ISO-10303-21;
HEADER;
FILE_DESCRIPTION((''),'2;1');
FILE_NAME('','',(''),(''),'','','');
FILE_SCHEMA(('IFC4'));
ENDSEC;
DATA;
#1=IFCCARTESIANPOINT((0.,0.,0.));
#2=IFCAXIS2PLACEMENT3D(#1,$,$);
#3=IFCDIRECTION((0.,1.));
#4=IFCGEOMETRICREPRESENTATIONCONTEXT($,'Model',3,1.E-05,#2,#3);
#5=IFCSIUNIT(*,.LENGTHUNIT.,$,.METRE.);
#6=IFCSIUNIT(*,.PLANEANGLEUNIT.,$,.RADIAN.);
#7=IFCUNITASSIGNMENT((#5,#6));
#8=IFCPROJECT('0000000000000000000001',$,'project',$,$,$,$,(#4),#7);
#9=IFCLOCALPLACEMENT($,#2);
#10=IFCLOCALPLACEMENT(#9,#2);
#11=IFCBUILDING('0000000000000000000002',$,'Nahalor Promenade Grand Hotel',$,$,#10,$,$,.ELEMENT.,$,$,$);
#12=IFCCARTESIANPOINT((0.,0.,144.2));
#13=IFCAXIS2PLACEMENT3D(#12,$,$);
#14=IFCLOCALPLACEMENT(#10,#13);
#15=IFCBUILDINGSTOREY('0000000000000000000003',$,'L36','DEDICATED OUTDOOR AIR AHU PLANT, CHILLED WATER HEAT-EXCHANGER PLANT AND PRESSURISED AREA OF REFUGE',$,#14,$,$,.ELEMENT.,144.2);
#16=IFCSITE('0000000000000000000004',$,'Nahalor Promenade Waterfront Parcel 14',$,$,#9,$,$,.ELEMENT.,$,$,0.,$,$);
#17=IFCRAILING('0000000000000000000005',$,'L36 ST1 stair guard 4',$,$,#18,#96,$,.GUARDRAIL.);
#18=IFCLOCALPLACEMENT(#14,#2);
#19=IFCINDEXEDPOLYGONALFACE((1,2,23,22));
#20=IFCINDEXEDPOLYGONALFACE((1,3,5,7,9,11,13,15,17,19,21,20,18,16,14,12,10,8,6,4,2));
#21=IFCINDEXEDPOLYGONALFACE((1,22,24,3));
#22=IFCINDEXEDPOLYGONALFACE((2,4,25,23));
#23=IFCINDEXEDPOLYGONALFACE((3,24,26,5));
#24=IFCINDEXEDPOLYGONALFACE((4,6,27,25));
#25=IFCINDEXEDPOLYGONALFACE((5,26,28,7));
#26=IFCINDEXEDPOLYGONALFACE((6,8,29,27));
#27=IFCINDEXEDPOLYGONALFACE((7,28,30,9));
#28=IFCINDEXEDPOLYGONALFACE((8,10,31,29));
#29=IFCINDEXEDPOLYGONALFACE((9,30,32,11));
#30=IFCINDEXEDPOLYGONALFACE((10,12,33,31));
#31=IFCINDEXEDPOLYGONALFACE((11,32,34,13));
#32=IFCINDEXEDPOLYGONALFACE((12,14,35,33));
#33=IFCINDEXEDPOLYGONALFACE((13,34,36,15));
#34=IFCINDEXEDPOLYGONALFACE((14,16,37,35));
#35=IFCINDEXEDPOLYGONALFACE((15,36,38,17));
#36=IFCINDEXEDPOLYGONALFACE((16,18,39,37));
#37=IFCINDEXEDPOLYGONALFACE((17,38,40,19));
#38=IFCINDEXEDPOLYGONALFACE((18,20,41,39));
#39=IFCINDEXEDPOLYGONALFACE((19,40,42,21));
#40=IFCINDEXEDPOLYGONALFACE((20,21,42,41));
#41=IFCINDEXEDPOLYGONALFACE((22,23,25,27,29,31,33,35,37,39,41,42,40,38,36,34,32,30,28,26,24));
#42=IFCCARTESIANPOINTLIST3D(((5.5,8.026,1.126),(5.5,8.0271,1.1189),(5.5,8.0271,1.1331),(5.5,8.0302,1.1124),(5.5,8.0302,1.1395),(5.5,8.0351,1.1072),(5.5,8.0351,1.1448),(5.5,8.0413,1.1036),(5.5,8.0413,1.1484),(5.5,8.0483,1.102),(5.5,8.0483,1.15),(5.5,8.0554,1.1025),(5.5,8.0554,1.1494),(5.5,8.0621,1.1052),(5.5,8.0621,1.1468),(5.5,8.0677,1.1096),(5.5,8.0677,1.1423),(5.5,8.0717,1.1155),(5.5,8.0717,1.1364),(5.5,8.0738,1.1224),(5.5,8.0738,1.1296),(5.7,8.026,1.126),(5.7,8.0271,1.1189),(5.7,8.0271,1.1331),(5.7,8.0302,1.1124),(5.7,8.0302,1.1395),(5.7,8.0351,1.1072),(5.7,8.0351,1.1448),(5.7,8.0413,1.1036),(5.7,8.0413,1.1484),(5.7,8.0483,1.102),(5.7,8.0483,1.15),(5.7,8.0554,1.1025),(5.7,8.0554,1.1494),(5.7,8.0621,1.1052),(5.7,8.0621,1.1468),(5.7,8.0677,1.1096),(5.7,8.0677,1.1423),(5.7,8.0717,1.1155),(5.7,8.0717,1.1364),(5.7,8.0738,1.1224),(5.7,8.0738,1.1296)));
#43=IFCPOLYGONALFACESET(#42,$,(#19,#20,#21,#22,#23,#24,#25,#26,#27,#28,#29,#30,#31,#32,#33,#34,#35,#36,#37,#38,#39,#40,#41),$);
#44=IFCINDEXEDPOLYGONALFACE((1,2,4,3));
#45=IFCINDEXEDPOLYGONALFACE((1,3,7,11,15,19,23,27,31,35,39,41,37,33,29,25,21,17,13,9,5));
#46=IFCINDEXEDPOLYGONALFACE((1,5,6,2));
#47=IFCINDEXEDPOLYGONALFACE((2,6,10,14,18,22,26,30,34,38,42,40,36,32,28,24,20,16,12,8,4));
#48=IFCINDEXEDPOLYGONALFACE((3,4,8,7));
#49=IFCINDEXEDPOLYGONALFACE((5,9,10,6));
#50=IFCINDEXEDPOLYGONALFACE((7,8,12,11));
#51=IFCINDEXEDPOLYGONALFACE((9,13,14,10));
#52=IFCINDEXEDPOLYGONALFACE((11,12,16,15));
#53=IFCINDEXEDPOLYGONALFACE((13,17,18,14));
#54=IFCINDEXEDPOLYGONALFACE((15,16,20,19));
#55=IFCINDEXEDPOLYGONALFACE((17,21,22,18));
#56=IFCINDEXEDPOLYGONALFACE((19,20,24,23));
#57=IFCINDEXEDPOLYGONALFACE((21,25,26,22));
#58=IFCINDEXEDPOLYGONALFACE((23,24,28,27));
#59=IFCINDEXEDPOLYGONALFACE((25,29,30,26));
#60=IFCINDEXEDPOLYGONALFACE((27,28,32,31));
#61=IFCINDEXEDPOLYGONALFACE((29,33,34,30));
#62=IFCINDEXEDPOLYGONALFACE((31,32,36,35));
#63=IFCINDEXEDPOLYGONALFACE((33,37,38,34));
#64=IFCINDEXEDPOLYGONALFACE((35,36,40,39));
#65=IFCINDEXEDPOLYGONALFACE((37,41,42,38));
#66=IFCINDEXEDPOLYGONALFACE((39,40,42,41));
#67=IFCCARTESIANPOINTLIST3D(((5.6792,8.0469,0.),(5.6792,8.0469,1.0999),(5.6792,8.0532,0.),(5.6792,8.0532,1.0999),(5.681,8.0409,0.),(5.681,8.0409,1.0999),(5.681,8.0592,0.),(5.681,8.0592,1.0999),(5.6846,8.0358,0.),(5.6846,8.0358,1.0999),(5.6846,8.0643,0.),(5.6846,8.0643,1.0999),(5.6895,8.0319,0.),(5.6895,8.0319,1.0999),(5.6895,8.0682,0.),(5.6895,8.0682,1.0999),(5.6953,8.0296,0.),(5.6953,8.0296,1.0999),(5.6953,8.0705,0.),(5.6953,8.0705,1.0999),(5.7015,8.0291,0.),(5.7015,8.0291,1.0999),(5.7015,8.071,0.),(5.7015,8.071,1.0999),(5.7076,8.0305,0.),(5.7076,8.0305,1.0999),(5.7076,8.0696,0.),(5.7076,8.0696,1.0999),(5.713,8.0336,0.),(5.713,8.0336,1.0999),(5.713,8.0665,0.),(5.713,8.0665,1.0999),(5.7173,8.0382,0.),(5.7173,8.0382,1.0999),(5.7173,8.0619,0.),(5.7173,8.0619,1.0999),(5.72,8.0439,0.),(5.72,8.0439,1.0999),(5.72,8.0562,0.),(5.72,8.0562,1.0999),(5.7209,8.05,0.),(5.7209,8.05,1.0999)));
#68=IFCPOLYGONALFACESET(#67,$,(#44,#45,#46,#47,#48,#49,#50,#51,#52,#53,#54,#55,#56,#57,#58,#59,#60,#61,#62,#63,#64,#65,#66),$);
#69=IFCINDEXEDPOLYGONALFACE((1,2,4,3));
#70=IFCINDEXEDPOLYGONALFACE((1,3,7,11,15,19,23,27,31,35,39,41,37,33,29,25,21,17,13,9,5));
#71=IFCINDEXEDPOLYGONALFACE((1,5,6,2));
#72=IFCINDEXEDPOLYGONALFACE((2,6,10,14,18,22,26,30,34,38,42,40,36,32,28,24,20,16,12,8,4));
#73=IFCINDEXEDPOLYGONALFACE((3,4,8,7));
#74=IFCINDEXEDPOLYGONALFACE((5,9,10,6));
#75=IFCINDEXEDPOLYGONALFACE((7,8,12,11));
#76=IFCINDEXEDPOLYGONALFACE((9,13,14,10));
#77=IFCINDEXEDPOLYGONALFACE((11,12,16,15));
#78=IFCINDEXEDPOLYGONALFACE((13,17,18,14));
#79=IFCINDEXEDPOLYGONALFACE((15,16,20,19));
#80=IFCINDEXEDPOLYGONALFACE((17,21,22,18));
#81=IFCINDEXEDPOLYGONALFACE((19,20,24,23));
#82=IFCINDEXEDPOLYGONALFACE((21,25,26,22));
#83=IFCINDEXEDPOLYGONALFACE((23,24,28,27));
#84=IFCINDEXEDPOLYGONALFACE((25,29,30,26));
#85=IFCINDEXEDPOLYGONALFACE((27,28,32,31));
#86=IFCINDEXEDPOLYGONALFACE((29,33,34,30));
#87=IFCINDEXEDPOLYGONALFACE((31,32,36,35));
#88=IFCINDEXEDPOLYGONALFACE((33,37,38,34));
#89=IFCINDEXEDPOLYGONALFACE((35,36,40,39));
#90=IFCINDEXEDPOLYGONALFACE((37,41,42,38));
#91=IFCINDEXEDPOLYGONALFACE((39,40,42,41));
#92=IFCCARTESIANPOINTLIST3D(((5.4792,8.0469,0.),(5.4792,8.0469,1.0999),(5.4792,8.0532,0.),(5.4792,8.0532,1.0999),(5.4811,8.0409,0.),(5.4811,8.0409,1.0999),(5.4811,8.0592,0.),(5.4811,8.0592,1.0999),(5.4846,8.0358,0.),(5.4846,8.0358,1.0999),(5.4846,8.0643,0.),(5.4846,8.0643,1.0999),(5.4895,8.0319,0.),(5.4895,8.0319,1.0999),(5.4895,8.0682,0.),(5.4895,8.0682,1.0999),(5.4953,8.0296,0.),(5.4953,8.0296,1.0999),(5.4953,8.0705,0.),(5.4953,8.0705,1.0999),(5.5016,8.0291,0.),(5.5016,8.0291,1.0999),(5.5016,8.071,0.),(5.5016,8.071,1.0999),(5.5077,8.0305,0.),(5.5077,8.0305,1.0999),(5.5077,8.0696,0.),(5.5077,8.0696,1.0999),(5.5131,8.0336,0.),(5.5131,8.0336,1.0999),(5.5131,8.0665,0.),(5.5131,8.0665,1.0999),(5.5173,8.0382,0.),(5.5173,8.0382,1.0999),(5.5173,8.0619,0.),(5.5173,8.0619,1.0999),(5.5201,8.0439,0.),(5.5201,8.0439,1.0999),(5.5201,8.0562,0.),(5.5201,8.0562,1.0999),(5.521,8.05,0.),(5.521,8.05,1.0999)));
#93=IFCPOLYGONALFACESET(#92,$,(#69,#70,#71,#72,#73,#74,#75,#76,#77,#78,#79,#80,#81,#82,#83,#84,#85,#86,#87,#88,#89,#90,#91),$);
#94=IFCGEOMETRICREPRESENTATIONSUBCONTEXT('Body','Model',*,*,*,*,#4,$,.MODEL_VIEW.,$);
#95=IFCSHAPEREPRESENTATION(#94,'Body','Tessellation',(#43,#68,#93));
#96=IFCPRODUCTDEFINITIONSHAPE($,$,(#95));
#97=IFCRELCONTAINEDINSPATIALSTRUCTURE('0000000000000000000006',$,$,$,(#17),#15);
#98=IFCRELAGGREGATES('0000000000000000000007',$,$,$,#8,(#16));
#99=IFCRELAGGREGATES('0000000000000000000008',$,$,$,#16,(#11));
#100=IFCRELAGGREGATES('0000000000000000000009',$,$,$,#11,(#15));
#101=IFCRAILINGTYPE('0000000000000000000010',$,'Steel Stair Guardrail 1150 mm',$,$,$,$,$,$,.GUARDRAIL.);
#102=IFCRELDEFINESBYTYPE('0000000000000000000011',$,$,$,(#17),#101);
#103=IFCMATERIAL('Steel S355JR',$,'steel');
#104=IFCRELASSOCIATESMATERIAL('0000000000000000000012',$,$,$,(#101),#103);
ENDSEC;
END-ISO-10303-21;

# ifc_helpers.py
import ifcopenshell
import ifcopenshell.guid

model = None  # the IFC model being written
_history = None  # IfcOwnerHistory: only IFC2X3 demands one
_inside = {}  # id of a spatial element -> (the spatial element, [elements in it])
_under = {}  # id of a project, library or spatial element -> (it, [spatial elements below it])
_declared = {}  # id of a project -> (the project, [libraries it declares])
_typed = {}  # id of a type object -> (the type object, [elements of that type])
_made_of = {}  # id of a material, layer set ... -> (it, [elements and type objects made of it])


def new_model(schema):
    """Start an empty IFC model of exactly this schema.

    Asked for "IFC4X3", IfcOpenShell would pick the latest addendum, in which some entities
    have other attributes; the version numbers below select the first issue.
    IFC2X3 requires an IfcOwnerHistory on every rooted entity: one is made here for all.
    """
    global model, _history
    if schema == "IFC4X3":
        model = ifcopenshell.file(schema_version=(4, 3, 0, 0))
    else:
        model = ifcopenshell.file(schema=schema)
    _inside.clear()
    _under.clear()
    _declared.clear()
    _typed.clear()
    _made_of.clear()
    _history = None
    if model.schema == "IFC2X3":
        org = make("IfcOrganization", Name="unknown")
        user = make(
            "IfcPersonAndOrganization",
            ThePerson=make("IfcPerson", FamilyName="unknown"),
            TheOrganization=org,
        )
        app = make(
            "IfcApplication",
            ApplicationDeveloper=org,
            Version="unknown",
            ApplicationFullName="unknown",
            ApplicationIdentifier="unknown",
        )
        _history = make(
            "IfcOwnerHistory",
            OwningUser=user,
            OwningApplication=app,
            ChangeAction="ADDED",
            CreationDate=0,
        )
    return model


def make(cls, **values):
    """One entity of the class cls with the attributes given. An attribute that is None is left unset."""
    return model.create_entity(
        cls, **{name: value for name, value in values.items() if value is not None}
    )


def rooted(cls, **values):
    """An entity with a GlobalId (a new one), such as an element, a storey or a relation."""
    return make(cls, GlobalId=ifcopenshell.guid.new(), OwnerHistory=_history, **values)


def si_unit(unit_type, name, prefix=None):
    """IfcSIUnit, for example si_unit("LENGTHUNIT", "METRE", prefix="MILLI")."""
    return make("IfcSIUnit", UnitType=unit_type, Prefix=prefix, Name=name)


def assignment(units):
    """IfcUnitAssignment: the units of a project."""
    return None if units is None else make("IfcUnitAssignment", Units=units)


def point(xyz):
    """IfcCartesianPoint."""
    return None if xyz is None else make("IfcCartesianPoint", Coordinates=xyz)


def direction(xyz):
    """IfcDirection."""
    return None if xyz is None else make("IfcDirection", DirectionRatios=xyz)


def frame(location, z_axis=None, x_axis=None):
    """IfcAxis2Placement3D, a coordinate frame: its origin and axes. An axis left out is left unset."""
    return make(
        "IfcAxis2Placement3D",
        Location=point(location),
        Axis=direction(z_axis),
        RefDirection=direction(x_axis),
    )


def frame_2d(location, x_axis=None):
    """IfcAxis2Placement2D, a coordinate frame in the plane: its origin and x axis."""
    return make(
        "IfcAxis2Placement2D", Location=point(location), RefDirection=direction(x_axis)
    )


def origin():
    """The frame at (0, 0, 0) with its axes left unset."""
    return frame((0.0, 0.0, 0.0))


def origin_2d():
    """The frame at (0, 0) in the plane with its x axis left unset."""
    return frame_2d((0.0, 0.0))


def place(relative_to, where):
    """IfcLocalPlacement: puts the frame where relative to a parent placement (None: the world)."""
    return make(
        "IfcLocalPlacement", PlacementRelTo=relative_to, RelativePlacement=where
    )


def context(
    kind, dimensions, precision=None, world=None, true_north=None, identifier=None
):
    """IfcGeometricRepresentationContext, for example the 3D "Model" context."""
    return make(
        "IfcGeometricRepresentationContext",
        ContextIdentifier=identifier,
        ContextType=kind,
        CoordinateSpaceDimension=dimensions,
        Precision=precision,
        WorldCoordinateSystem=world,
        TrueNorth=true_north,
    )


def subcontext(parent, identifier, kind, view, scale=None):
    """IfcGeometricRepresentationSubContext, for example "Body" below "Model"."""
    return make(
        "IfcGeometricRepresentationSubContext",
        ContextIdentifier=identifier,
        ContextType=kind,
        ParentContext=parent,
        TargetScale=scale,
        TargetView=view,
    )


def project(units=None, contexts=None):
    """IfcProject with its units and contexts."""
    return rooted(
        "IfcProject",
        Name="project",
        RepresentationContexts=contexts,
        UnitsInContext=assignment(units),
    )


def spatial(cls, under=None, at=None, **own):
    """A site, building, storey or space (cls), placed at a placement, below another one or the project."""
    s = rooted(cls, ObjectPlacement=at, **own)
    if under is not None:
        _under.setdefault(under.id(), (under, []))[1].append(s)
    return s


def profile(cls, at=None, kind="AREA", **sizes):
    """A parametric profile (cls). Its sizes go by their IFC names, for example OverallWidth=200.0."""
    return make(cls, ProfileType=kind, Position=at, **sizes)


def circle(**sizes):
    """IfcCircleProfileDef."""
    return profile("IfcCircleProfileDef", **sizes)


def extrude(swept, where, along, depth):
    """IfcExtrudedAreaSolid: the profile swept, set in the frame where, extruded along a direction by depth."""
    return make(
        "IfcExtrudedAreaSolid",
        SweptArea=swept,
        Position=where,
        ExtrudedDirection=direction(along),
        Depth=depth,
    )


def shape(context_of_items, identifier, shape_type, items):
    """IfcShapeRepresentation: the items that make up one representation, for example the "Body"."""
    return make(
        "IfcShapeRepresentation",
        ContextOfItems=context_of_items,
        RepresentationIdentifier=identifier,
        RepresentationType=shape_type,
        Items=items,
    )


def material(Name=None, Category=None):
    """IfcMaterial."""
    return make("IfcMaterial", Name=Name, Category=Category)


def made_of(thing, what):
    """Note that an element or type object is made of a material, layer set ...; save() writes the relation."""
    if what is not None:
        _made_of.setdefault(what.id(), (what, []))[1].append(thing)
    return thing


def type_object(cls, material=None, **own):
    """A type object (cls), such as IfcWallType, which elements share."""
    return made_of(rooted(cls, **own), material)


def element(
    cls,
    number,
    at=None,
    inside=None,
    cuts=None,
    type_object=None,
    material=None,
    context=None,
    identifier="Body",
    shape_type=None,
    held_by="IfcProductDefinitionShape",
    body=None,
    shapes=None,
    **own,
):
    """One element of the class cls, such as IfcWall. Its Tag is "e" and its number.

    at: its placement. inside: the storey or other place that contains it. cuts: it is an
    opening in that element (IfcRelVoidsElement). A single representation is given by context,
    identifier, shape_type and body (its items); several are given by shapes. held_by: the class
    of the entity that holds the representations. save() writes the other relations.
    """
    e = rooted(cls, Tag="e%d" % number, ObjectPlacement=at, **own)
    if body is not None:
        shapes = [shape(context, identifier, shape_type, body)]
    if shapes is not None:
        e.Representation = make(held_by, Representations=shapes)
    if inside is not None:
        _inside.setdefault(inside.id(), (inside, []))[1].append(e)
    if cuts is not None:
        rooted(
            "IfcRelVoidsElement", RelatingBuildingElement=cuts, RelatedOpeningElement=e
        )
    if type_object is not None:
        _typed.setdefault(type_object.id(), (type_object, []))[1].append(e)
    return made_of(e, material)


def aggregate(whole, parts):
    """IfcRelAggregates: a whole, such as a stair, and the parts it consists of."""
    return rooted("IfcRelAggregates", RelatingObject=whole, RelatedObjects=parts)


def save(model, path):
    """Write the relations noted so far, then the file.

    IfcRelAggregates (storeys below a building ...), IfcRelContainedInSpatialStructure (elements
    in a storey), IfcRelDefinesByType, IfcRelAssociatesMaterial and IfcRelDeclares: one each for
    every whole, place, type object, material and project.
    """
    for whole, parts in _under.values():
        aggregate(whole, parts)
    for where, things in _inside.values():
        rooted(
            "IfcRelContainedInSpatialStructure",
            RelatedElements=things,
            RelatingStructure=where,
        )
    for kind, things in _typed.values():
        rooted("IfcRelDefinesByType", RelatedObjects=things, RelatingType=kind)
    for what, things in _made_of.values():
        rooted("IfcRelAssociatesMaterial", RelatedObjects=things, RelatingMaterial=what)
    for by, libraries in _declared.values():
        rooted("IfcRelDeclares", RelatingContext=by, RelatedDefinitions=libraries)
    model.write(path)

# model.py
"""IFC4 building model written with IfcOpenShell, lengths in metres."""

from ifc_helpers import new_model, si_unit, direction, frame, origin, origin_2d, place, context, subcontext, project, spatial, circle, extrude, material, type_object, element, save


model = new_model("IFC4")

# Units and contexts
model_context = context("Model", 3, precision=1e-05, world=origin(), true_north=direction((0.0, 1.0)))
body_context = subcontext(model_context, "Body", "Model", "MODEL_VIEW")
ifc_project = project(units=[si_unit("LENGTHUNIT", "METRE"), si_unit("PLANEANGLEUNIT", "RADIAN")], contexts=[model_context])

# Site, building, storey
site_placement = place(None, origin())
site = spatial("IfcSite", under=ifc_project, at=site_placement, Name="Nahalor Promenade Waterfront Parcel 14", CompositionType="ELEMENT", RefElevation=0.0)
building_placement = place(site_placement, origin())
building = spatial("IfcBuilding", under=site, at=building_placement, Name="Nahalor Promenade Grand Hotel", CompositionType="ELEMENT")
storey_placement = place(building_placement, frame((0.0, 0.0, 144.2)))
storey = spatial("IfcBuildingStorey", under=building, at=storey_placement, Name="L36", Description="DEDICATED OUTDOOR AIR AHU PLANT, CHILLED WATER HEAT-EXCHANGER PLANT AND PRESSURISED AREA OF REFUGE", CompositionType="ELEMENT", Elevation=144.2)

# Shared definitions
ifc_material_1 = material(Name="Steel S355JR", Category="steel")

# Railing
railing_type_1 = type_object("IfcRailingType", Name="Steel Stair Guardrail 1150 mm", PredefinedType="GUARDRAIL", material=ifc_material_1)
railing_1_placement = place(storey_placement, frame((5.7, 8.05, 0.0)))
element("IfcRailing", 1, at=railing_1_placement, inside=storey, type_object=railing_type_1, Name="L36 ST1 stair guard 4", PredefinedType="GUARDRAIL", context=body_context, shape_type="SweptSolid", body=[
    extrude(circle(Radius=0.024, at=origin_2d()), frame((0.0, 0.0, 1.126), z_axis=(-1.0, 0.0, 0.0), x_axis=(0.0, -1.0, 0.0)), (0.0, 0.0, 1.0), 0.2),
    extrude(circle(Radius=0.021, at=origin_2d()), origin(), (0.0, 0.0, 1.0), 1.0999),
    extrude(circle(Radius=0.021, at=origin_2d()), frame((-0.2, 0.0, 0.0)), (0.0, 0.0, 1.0), 1.0999),
])

save(model, "model.ifc")
